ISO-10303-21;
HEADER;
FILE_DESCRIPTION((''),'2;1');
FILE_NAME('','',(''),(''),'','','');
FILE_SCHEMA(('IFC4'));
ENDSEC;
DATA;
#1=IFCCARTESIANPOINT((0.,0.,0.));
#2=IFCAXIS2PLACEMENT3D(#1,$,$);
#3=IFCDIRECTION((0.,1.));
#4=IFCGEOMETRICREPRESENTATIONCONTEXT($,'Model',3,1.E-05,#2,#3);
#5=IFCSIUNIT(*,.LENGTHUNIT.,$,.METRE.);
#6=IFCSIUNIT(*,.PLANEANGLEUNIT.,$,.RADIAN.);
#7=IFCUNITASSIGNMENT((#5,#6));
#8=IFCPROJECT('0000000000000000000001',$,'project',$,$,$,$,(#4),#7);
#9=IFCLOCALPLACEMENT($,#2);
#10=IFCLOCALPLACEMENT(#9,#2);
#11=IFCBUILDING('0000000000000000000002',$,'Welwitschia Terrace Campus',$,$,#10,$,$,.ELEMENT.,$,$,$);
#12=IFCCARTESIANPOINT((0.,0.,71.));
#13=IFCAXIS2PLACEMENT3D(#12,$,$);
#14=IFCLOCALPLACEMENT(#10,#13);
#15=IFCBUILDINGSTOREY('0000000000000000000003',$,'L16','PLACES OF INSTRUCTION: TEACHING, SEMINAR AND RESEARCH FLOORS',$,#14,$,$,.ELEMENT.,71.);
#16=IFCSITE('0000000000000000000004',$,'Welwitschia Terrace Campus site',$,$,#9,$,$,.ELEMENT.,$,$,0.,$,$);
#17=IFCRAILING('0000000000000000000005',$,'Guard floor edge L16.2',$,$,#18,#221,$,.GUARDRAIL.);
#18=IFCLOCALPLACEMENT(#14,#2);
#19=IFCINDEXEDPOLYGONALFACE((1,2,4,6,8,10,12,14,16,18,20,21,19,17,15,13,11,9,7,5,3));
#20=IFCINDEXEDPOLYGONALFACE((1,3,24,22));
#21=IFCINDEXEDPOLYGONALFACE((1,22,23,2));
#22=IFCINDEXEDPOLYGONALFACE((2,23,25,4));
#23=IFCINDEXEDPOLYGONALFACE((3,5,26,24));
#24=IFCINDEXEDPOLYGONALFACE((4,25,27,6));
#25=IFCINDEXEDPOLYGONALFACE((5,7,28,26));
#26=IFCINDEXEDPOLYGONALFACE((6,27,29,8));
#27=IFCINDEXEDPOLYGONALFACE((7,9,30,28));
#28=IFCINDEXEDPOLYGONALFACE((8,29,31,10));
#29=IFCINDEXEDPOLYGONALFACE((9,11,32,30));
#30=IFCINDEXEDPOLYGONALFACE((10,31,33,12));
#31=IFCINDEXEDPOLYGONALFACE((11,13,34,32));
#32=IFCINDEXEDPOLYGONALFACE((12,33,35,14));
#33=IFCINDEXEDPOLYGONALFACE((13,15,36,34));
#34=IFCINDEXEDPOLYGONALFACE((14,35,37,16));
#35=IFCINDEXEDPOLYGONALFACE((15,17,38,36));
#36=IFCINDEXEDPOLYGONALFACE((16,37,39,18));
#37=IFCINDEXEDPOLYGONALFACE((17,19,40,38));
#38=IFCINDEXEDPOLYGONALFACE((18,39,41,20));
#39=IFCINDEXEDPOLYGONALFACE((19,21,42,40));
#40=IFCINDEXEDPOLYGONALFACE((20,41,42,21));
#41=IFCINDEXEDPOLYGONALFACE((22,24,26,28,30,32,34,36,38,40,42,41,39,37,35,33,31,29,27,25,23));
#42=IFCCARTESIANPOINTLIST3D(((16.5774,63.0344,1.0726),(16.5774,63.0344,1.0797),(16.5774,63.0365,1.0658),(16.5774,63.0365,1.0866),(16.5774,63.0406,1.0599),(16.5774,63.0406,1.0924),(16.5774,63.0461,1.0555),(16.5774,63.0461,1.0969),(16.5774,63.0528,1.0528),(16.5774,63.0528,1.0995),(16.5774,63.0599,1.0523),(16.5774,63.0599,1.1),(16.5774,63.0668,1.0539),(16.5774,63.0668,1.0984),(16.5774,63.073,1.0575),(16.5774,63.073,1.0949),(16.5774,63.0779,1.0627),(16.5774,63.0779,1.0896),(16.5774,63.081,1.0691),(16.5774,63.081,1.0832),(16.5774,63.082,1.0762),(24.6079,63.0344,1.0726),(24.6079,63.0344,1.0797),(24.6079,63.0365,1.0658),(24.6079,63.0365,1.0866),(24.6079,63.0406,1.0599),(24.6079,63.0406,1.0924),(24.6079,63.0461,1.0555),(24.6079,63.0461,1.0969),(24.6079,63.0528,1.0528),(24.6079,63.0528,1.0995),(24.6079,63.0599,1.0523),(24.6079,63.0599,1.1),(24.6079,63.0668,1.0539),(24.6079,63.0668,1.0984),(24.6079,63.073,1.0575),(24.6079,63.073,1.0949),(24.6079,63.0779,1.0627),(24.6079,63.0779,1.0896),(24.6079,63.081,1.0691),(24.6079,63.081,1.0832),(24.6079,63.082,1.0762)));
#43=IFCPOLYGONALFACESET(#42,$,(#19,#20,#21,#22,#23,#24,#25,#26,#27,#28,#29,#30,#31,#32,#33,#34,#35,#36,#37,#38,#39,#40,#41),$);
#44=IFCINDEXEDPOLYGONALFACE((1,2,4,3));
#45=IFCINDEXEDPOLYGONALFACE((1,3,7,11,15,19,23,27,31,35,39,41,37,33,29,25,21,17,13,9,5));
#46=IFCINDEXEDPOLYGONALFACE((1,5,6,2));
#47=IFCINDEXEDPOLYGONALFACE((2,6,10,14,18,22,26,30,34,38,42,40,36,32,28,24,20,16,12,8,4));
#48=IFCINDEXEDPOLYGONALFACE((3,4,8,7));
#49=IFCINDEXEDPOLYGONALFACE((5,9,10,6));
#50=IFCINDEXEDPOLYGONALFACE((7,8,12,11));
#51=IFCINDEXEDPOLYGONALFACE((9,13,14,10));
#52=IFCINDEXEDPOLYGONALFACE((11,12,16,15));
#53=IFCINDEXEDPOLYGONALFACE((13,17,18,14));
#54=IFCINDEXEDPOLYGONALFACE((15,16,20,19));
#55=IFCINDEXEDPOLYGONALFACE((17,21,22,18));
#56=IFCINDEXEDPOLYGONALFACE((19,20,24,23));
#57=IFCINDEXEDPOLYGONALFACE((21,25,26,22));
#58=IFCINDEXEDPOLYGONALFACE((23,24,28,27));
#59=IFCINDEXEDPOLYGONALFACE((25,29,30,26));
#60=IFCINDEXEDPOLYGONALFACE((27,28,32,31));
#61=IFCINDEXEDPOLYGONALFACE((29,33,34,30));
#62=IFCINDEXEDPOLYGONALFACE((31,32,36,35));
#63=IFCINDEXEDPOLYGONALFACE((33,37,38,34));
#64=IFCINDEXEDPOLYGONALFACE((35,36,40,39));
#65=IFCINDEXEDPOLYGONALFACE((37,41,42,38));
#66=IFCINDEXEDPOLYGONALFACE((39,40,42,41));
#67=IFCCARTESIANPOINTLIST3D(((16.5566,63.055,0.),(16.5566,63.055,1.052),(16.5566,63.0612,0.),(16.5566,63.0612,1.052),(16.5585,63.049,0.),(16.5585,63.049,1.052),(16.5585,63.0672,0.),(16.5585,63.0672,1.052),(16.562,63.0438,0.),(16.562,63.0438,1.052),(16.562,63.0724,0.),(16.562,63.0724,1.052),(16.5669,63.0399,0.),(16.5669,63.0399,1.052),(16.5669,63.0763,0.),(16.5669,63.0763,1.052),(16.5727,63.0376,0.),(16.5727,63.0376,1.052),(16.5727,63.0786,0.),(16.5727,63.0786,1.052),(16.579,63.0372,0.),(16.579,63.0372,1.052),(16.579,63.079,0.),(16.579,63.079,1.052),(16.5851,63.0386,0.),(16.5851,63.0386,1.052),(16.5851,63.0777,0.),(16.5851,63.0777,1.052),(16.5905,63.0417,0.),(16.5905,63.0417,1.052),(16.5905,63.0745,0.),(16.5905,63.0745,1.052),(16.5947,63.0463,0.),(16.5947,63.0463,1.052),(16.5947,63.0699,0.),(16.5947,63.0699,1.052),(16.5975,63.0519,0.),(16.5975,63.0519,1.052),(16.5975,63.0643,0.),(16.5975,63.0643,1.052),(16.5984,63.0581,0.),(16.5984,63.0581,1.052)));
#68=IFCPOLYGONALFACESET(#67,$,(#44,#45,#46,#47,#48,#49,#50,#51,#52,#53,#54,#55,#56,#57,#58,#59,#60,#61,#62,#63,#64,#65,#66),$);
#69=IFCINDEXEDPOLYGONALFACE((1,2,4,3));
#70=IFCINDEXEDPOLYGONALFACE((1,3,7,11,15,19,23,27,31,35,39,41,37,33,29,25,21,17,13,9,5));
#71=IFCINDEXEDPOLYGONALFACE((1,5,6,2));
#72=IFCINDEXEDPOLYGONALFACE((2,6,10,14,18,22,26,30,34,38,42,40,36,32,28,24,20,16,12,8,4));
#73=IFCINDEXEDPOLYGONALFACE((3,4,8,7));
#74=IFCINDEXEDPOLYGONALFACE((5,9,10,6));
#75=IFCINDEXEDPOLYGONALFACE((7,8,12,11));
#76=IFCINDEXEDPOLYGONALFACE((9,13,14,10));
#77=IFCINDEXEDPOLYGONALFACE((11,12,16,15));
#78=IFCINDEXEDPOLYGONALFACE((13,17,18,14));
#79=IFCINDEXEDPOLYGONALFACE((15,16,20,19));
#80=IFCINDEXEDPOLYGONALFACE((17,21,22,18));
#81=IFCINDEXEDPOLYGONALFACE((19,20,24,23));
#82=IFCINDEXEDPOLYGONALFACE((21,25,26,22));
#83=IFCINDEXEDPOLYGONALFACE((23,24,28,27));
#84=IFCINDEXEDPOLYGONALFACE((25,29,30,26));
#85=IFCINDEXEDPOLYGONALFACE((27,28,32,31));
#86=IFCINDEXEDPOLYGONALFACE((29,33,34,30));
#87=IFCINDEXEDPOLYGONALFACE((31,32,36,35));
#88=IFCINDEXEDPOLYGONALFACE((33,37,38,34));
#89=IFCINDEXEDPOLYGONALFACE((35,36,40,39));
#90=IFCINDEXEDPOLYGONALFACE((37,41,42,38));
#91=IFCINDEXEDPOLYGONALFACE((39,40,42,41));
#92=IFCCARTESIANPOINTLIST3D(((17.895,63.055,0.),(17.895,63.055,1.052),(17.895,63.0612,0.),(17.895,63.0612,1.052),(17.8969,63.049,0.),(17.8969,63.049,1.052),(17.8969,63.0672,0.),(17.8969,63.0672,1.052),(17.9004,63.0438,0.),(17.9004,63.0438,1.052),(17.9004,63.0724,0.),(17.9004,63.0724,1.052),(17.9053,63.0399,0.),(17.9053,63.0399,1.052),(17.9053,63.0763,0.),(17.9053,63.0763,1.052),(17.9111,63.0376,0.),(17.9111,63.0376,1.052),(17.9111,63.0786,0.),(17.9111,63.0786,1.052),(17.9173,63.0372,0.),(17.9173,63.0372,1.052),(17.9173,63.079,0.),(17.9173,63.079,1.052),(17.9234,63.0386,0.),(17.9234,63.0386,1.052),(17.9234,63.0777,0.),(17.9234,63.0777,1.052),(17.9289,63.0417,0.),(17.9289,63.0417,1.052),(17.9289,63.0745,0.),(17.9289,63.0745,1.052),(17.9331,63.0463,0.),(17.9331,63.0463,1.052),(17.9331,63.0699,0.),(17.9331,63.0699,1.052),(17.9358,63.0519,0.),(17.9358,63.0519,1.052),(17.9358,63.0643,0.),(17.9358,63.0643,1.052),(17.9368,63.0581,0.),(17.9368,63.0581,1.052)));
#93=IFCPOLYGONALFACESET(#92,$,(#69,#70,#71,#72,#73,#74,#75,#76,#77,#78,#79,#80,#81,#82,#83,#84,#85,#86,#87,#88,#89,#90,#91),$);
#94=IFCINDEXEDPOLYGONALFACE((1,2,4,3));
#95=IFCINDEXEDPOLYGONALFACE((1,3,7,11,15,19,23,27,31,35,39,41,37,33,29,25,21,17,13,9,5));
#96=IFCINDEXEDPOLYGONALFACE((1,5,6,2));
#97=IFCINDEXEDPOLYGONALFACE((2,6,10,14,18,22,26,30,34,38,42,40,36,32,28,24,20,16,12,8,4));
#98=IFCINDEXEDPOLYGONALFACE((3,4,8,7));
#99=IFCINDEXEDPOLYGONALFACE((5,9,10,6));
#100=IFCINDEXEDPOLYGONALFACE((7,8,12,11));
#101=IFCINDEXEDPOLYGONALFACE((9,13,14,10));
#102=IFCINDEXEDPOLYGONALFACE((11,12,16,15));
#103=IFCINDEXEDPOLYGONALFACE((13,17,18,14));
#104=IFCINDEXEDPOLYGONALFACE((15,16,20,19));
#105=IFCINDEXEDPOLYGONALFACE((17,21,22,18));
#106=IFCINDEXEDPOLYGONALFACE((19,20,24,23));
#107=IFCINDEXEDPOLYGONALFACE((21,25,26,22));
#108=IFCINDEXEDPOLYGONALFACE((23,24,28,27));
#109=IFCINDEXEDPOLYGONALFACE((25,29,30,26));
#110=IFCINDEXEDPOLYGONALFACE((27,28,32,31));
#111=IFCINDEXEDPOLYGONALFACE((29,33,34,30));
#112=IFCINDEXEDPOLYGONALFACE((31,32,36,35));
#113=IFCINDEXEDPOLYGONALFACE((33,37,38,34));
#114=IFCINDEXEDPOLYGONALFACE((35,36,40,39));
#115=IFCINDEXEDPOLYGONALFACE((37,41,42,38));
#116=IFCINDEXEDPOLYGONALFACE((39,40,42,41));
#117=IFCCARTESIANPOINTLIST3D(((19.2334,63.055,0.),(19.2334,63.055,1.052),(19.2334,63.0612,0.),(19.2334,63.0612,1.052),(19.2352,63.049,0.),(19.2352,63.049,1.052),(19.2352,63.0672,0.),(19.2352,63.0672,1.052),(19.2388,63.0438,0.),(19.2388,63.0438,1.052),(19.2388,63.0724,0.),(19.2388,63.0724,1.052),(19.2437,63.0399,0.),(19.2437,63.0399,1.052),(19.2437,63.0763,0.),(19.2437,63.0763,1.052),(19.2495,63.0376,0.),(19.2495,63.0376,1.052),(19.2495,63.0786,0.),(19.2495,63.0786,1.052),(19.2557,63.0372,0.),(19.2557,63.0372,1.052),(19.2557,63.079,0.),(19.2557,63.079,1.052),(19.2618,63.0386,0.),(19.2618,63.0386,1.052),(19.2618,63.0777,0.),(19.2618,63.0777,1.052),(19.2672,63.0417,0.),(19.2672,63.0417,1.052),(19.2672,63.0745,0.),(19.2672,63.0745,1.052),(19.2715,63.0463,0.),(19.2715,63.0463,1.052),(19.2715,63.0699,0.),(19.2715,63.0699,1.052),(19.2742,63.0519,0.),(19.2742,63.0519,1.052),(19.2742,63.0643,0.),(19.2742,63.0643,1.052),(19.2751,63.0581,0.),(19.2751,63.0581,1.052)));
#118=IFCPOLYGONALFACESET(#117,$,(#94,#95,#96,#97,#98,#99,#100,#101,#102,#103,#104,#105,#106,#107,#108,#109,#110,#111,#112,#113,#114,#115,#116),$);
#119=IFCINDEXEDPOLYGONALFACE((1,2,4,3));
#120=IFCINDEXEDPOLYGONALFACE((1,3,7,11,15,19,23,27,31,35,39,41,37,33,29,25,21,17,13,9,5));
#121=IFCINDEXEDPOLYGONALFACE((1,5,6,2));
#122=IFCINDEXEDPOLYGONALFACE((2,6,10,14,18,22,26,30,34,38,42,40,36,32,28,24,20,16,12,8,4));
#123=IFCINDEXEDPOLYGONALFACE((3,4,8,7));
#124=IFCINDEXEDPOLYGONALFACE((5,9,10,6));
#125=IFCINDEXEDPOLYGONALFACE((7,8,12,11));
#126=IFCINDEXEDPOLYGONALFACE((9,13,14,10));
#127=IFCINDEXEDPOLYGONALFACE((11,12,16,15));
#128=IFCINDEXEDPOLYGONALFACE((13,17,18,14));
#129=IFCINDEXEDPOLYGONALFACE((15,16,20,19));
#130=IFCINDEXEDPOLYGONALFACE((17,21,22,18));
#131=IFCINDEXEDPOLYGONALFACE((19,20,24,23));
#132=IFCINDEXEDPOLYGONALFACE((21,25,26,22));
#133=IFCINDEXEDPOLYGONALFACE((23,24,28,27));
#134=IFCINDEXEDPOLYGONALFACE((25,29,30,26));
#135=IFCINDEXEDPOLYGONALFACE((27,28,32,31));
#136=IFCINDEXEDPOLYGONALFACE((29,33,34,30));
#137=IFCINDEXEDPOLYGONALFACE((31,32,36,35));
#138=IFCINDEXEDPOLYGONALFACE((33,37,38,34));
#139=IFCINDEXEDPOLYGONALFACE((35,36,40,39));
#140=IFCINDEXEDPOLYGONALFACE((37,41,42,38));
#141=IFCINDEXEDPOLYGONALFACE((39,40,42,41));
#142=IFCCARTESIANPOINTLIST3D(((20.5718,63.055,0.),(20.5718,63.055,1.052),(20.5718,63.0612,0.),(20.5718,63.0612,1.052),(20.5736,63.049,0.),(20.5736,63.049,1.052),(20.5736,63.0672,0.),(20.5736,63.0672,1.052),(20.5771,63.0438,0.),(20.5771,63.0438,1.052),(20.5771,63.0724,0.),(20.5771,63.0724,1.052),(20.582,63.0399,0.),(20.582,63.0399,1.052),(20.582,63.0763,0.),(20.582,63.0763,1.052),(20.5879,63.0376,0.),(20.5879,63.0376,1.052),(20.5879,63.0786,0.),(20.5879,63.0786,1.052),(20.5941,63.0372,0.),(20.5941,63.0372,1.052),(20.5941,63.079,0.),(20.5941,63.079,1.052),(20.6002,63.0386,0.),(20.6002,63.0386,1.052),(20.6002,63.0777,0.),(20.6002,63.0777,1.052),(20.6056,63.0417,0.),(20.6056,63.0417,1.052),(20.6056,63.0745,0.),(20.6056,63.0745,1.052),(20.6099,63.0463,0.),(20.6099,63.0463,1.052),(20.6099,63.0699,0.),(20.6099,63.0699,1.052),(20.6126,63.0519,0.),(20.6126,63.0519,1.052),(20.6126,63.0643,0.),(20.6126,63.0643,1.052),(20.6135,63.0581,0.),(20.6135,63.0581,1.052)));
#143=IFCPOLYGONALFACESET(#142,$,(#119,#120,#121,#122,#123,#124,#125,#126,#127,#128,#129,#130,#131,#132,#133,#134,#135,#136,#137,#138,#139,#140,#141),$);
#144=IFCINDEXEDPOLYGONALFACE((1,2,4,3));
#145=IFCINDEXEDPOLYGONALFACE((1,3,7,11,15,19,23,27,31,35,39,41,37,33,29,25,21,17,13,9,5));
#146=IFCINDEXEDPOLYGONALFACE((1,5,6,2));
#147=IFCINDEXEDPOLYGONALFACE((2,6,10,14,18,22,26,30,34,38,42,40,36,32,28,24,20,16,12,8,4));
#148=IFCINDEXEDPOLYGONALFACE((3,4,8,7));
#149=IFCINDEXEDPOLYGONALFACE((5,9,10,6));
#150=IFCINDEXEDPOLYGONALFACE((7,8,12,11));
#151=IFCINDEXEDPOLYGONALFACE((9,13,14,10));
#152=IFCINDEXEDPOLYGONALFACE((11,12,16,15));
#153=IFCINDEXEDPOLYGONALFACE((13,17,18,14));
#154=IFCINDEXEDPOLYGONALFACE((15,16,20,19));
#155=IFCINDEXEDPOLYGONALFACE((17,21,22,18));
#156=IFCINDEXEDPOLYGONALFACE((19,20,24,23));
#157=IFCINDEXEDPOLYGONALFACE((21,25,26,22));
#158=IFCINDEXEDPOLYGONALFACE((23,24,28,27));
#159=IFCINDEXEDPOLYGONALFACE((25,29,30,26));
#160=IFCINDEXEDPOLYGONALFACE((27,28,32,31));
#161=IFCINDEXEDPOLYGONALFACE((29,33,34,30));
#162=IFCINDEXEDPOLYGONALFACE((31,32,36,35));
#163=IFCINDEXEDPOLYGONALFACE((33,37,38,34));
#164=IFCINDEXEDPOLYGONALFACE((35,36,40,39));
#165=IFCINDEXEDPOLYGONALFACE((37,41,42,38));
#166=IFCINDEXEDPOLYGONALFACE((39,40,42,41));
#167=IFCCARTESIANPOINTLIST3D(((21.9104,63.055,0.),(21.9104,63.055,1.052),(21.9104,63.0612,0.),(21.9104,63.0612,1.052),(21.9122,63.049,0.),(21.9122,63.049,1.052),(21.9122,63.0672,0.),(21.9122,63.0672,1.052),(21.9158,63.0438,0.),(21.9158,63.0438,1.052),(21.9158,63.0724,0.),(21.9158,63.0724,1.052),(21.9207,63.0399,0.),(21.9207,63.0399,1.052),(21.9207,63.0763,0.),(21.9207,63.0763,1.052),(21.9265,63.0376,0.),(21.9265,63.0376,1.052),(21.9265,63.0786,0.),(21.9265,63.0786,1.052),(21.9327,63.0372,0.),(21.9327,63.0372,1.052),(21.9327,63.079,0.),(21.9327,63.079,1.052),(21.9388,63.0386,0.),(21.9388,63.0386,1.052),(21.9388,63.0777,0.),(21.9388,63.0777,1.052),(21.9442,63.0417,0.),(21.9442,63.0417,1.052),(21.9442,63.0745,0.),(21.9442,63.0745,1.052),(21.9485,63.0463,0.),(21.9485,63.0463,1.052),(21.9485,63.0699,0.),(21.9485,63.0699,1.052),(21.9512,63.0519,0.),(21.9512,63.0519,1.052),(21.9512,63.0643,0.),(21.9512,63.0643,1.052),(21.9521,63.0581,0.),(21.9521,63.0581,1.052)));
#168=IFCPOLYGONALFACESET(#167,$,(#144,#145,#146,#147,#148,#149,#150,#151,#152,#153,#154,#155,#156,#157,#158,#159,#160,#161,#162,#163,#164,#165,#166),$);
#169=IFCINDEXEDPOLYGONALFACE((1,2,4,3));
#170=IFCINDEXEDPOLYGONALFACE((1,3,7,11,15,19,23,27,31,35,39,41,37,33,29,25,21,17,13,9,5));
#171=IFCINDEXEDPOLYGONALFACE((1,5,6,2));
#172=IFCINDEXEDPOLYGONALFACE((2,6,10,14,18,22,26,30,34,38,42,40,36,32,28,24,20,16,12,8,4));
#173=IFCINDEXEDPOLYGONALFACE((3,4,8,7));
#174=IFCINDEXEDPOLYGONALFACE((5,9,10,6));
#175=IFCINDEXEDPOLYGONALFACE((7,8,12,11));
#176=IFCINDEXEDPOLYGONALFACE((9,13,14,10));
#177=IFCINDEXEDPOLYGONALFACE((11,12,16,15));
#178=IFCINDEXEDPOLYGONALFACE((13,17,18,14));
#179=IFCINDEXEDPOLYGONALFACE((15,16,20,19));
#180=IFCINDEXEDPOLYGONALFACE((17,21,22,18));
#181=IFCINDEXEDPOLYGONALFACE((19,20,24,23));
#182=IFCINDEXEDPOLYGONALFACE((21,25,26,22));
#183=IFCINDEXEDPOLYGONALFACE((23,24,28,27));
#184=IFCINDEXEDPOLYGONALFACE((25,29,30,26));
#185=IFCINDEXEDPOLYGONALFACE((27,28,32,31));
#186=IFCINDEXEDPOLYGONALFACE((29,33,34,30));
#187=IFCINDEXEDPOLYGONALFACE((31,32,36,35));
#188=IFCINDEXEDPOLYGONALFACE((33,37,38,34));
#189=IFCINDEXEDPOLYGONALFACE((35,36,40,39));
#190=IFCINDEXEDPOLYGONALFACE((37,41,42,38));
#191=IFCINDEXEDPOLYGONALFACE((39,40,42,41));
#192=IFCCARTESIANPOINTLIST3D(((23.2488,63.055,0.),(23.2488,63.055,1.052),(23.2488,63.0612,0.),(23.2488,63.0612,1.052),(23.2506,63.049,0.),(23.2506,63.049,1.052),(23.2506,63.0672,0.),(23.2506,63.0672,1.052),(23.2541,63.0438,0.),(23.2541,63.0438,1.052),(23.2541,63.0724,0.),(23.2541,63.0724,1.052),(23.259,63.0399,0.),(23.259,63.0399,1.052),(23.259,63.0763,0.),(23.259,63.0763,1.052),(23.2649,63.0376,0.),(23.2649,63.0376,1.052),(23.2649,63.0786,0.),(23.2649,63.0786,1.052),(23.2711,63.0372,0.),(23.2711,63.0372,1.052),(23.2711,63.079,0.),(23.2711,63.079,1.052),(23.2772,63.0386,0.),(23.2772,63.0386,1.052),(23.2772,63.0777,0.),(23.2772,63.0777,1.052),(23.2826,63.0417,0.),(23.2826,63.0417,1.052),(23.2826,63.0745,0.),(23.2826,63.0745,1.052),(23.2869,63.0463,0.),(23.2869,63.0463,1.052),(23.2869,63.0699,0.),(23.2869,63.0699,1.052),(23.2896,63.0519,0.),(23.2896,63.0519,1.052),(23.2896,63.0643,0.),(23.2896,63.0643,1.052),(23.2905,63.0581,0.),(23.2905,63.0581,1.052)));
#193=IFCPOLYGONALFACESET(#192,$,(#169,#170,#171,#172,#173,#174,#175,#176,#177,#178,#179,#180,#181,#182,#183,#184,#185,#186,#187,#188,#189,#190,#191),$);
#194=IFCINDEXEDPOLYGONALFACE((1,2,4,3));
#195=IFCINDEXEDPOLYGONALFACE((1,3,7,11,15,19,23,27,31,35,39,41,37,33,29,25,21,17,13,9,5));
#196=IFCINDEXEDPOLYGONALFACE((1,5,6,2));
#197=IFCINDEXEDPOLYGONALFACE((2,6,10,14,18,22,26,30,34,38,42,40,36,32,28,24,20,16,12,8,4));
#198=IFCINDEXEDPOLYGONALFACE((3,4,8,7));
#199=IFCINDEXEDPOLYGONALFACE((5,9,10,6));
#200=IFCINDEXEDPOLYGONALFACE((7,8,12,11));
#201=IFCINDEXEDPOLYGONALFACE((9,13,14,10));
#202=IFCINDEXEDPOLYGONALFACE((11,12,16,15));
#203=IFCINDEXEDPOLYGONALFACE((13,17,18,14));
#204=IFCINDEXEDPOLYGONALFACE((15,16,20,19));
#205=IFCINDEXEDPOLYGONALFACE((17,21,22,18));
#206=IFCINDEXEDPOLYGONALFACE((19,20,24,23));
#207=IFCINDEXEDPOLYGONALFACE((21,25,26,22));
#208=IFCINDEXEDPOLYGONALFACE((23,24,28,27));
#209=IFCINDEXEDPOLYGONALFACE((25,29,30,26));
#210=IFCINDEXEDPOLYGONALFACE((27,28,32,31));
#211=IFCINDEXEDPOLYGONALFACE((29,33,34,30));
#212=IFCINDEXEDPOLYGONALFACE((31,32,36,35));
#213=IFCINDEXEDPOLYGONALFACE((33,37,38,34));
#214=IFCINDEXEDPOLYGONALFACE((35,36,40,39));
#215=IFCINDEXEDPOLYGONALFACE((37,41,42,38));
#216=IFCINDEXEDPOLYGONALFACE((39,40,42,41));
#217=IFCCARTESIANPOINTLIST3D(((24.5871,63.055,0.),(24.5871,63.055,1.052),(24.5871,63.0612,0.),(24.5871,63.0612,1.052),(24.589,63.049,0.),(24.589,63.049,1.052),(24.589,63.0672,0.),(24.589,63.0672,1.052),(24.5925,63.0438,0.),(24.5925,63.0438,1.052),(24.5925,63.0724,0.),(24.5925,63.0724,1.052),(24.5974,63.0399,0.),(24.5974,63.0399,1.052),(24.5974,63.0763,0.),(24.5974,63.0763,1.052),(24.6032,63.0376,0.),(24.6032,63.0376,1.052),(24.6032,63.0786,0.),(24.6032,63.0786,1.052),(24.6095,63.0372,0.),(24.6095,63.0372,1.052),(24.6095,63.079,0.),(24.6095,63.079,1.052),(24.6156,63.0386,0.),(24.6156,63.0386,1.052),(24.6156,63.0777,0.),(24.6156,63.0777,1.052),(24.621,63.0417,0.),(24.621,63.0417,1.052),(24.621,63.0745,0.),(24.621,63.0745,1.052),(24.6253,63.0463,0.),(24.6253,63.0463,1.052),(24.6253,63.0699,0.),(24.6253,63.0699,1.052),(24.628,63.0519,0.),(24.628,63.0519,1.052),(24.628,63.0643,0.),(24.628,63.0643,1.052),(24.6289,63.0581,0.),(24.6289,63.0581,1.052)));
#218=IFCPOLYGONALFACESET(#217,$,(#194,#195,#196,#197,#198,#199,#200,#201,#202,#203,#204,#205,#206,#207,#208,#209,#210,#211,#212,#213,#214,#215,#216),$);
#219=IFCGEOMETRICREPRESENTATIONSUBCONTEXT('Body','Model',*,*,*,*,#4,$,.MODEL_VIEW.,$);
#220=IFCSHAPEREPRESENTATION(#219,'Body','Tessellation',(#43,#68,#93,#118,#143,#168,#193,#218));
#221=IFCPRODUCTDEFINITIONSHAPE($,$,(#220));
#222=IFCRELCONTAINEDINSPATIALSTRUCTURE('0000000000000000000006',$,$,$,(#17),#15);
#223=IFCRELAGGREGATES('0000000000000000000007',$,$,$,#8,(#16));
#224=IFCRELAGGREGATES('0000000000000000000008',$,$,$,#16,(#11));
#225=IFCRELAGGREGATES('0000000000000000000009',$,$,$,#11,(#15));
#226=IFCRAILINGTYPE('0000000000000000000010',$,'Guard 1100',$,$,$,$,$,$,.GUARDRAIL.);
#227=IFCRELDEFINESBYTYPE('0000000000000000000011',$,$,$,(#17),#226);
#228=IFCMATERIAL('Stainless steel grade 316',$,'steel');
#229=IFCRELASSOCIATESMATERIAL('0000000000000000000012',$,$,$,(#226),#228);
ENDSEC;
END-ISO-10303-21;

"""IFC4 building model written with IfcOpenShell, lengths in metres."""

from ifc_helpers import new_model, si_unit, direction, frame, origin, origin_2d, place, context, subcontext, project, spatial, circle, extrude, material, type_object, element, save


model = new_model("IFC4")

# Units and contexts
model_context = context("Model", 3, precision=1e-05, world=origin(), true_north=direction((0.0, 1.0)))
body_context = subcontext(model_context, "Body", "Model", "MODEL_VIEW")
ifc_project = project(units=[si_unit("LENGTHUNIT", "METRE"), si_unit("PLANEANGLEUNIT", "RADIAN")], contexts=[model_context])

# Site, building, storey
site_placement = place(None, origin())
site = spatial("IfcSite", under=ifc_project, at=site_placement, Name="Welwitschia Terrace Campus site", CompositionType="ELEMENT", RefElevation=0.0)
building_placement = place(site_placement, origin())
building = spatial("IfcBuilding", under=site, at=building_placement, Name="Welwitschia Terrace Campus", CompositionType="ELEMENT")
storey_placement = place(building_placement, frame((0.0, 0.0, 71.0)))
storey = spatial("IfcBuildingStorey", under=building, at=storey_placement, Name="L16", Description="PLACES OF INSTRUCTION: TEACHING, SEMINAR AND RESEARCH FLOORS", CompositionType="ELEMENT", Elevation=71.0)

# Railing
ifc_material_1 = material(Name="Stainless steel grade 316", Category="steel")
railing_type = type_object("IfcRailingType", Name="Guard 1100", PredefinedType="GUARDRAIL", material=ifc_material_1)
railing_1_placement = place(storey_placement, frame((16.5774, 63.0581, 0.0)))
element("IfcRailing", 1, at=railing_1_placement, inside=storey, type_object=railing_type, Name="Guard floor edge L16.2", PredefinedType="GUARDRAIL", context=body_context, shape_type="SweptSolid", body=[
    extrude(circle(Radius=0.0239, at=origin_2d()), frame((0.0, 0.0, 1.0762), z_axis=(1.0, 0.0, 0.0), x_axis=(0.0, 1.0, 0.0)), (0.0, 0.0, 1.0), 8.0305),
    extrude(circle(Radius=0.021, at=origin_2d()), origin(), (0.0, 0.0, 1.0), 1.052),
    extrude(circle(Radius=0.021, at=origin_2d()), frame((1.3384, 0.0, 0.0)), (0.0, 0.0, 1.0), 1.052),
    extrude(circle(Radius=0.021, at=origin_2d()), frame((2.6768, 0.0, 0.0)), (0.0, 0.0, 1.0), 1.052),
    extrude(circle(Radius=0.021, at=origin_2d()), frame((4.0151, 0.0, 0.0)), (0.0, 0.0, 1.0), 1.052),
    extrude(circle(Radius=0.021, at=origin_2d()), frame((5.3538, 0.0, 0.0)), (0.0, 0.0, 1.0), 1.052),
    extrude(circle(Radius=0.021, at=origin_2d()), frame((6.6921, 0.0, 0.0)), (0.0, 0.0, 1.0), 1.052),
    extrude(circle(Radius=0.021, at=origin_2d()), frame((8.0305, 0.0, 0.0)), (0.0, 0.0, 1.0), 1.052),
])

save(model, "model.ifc")
